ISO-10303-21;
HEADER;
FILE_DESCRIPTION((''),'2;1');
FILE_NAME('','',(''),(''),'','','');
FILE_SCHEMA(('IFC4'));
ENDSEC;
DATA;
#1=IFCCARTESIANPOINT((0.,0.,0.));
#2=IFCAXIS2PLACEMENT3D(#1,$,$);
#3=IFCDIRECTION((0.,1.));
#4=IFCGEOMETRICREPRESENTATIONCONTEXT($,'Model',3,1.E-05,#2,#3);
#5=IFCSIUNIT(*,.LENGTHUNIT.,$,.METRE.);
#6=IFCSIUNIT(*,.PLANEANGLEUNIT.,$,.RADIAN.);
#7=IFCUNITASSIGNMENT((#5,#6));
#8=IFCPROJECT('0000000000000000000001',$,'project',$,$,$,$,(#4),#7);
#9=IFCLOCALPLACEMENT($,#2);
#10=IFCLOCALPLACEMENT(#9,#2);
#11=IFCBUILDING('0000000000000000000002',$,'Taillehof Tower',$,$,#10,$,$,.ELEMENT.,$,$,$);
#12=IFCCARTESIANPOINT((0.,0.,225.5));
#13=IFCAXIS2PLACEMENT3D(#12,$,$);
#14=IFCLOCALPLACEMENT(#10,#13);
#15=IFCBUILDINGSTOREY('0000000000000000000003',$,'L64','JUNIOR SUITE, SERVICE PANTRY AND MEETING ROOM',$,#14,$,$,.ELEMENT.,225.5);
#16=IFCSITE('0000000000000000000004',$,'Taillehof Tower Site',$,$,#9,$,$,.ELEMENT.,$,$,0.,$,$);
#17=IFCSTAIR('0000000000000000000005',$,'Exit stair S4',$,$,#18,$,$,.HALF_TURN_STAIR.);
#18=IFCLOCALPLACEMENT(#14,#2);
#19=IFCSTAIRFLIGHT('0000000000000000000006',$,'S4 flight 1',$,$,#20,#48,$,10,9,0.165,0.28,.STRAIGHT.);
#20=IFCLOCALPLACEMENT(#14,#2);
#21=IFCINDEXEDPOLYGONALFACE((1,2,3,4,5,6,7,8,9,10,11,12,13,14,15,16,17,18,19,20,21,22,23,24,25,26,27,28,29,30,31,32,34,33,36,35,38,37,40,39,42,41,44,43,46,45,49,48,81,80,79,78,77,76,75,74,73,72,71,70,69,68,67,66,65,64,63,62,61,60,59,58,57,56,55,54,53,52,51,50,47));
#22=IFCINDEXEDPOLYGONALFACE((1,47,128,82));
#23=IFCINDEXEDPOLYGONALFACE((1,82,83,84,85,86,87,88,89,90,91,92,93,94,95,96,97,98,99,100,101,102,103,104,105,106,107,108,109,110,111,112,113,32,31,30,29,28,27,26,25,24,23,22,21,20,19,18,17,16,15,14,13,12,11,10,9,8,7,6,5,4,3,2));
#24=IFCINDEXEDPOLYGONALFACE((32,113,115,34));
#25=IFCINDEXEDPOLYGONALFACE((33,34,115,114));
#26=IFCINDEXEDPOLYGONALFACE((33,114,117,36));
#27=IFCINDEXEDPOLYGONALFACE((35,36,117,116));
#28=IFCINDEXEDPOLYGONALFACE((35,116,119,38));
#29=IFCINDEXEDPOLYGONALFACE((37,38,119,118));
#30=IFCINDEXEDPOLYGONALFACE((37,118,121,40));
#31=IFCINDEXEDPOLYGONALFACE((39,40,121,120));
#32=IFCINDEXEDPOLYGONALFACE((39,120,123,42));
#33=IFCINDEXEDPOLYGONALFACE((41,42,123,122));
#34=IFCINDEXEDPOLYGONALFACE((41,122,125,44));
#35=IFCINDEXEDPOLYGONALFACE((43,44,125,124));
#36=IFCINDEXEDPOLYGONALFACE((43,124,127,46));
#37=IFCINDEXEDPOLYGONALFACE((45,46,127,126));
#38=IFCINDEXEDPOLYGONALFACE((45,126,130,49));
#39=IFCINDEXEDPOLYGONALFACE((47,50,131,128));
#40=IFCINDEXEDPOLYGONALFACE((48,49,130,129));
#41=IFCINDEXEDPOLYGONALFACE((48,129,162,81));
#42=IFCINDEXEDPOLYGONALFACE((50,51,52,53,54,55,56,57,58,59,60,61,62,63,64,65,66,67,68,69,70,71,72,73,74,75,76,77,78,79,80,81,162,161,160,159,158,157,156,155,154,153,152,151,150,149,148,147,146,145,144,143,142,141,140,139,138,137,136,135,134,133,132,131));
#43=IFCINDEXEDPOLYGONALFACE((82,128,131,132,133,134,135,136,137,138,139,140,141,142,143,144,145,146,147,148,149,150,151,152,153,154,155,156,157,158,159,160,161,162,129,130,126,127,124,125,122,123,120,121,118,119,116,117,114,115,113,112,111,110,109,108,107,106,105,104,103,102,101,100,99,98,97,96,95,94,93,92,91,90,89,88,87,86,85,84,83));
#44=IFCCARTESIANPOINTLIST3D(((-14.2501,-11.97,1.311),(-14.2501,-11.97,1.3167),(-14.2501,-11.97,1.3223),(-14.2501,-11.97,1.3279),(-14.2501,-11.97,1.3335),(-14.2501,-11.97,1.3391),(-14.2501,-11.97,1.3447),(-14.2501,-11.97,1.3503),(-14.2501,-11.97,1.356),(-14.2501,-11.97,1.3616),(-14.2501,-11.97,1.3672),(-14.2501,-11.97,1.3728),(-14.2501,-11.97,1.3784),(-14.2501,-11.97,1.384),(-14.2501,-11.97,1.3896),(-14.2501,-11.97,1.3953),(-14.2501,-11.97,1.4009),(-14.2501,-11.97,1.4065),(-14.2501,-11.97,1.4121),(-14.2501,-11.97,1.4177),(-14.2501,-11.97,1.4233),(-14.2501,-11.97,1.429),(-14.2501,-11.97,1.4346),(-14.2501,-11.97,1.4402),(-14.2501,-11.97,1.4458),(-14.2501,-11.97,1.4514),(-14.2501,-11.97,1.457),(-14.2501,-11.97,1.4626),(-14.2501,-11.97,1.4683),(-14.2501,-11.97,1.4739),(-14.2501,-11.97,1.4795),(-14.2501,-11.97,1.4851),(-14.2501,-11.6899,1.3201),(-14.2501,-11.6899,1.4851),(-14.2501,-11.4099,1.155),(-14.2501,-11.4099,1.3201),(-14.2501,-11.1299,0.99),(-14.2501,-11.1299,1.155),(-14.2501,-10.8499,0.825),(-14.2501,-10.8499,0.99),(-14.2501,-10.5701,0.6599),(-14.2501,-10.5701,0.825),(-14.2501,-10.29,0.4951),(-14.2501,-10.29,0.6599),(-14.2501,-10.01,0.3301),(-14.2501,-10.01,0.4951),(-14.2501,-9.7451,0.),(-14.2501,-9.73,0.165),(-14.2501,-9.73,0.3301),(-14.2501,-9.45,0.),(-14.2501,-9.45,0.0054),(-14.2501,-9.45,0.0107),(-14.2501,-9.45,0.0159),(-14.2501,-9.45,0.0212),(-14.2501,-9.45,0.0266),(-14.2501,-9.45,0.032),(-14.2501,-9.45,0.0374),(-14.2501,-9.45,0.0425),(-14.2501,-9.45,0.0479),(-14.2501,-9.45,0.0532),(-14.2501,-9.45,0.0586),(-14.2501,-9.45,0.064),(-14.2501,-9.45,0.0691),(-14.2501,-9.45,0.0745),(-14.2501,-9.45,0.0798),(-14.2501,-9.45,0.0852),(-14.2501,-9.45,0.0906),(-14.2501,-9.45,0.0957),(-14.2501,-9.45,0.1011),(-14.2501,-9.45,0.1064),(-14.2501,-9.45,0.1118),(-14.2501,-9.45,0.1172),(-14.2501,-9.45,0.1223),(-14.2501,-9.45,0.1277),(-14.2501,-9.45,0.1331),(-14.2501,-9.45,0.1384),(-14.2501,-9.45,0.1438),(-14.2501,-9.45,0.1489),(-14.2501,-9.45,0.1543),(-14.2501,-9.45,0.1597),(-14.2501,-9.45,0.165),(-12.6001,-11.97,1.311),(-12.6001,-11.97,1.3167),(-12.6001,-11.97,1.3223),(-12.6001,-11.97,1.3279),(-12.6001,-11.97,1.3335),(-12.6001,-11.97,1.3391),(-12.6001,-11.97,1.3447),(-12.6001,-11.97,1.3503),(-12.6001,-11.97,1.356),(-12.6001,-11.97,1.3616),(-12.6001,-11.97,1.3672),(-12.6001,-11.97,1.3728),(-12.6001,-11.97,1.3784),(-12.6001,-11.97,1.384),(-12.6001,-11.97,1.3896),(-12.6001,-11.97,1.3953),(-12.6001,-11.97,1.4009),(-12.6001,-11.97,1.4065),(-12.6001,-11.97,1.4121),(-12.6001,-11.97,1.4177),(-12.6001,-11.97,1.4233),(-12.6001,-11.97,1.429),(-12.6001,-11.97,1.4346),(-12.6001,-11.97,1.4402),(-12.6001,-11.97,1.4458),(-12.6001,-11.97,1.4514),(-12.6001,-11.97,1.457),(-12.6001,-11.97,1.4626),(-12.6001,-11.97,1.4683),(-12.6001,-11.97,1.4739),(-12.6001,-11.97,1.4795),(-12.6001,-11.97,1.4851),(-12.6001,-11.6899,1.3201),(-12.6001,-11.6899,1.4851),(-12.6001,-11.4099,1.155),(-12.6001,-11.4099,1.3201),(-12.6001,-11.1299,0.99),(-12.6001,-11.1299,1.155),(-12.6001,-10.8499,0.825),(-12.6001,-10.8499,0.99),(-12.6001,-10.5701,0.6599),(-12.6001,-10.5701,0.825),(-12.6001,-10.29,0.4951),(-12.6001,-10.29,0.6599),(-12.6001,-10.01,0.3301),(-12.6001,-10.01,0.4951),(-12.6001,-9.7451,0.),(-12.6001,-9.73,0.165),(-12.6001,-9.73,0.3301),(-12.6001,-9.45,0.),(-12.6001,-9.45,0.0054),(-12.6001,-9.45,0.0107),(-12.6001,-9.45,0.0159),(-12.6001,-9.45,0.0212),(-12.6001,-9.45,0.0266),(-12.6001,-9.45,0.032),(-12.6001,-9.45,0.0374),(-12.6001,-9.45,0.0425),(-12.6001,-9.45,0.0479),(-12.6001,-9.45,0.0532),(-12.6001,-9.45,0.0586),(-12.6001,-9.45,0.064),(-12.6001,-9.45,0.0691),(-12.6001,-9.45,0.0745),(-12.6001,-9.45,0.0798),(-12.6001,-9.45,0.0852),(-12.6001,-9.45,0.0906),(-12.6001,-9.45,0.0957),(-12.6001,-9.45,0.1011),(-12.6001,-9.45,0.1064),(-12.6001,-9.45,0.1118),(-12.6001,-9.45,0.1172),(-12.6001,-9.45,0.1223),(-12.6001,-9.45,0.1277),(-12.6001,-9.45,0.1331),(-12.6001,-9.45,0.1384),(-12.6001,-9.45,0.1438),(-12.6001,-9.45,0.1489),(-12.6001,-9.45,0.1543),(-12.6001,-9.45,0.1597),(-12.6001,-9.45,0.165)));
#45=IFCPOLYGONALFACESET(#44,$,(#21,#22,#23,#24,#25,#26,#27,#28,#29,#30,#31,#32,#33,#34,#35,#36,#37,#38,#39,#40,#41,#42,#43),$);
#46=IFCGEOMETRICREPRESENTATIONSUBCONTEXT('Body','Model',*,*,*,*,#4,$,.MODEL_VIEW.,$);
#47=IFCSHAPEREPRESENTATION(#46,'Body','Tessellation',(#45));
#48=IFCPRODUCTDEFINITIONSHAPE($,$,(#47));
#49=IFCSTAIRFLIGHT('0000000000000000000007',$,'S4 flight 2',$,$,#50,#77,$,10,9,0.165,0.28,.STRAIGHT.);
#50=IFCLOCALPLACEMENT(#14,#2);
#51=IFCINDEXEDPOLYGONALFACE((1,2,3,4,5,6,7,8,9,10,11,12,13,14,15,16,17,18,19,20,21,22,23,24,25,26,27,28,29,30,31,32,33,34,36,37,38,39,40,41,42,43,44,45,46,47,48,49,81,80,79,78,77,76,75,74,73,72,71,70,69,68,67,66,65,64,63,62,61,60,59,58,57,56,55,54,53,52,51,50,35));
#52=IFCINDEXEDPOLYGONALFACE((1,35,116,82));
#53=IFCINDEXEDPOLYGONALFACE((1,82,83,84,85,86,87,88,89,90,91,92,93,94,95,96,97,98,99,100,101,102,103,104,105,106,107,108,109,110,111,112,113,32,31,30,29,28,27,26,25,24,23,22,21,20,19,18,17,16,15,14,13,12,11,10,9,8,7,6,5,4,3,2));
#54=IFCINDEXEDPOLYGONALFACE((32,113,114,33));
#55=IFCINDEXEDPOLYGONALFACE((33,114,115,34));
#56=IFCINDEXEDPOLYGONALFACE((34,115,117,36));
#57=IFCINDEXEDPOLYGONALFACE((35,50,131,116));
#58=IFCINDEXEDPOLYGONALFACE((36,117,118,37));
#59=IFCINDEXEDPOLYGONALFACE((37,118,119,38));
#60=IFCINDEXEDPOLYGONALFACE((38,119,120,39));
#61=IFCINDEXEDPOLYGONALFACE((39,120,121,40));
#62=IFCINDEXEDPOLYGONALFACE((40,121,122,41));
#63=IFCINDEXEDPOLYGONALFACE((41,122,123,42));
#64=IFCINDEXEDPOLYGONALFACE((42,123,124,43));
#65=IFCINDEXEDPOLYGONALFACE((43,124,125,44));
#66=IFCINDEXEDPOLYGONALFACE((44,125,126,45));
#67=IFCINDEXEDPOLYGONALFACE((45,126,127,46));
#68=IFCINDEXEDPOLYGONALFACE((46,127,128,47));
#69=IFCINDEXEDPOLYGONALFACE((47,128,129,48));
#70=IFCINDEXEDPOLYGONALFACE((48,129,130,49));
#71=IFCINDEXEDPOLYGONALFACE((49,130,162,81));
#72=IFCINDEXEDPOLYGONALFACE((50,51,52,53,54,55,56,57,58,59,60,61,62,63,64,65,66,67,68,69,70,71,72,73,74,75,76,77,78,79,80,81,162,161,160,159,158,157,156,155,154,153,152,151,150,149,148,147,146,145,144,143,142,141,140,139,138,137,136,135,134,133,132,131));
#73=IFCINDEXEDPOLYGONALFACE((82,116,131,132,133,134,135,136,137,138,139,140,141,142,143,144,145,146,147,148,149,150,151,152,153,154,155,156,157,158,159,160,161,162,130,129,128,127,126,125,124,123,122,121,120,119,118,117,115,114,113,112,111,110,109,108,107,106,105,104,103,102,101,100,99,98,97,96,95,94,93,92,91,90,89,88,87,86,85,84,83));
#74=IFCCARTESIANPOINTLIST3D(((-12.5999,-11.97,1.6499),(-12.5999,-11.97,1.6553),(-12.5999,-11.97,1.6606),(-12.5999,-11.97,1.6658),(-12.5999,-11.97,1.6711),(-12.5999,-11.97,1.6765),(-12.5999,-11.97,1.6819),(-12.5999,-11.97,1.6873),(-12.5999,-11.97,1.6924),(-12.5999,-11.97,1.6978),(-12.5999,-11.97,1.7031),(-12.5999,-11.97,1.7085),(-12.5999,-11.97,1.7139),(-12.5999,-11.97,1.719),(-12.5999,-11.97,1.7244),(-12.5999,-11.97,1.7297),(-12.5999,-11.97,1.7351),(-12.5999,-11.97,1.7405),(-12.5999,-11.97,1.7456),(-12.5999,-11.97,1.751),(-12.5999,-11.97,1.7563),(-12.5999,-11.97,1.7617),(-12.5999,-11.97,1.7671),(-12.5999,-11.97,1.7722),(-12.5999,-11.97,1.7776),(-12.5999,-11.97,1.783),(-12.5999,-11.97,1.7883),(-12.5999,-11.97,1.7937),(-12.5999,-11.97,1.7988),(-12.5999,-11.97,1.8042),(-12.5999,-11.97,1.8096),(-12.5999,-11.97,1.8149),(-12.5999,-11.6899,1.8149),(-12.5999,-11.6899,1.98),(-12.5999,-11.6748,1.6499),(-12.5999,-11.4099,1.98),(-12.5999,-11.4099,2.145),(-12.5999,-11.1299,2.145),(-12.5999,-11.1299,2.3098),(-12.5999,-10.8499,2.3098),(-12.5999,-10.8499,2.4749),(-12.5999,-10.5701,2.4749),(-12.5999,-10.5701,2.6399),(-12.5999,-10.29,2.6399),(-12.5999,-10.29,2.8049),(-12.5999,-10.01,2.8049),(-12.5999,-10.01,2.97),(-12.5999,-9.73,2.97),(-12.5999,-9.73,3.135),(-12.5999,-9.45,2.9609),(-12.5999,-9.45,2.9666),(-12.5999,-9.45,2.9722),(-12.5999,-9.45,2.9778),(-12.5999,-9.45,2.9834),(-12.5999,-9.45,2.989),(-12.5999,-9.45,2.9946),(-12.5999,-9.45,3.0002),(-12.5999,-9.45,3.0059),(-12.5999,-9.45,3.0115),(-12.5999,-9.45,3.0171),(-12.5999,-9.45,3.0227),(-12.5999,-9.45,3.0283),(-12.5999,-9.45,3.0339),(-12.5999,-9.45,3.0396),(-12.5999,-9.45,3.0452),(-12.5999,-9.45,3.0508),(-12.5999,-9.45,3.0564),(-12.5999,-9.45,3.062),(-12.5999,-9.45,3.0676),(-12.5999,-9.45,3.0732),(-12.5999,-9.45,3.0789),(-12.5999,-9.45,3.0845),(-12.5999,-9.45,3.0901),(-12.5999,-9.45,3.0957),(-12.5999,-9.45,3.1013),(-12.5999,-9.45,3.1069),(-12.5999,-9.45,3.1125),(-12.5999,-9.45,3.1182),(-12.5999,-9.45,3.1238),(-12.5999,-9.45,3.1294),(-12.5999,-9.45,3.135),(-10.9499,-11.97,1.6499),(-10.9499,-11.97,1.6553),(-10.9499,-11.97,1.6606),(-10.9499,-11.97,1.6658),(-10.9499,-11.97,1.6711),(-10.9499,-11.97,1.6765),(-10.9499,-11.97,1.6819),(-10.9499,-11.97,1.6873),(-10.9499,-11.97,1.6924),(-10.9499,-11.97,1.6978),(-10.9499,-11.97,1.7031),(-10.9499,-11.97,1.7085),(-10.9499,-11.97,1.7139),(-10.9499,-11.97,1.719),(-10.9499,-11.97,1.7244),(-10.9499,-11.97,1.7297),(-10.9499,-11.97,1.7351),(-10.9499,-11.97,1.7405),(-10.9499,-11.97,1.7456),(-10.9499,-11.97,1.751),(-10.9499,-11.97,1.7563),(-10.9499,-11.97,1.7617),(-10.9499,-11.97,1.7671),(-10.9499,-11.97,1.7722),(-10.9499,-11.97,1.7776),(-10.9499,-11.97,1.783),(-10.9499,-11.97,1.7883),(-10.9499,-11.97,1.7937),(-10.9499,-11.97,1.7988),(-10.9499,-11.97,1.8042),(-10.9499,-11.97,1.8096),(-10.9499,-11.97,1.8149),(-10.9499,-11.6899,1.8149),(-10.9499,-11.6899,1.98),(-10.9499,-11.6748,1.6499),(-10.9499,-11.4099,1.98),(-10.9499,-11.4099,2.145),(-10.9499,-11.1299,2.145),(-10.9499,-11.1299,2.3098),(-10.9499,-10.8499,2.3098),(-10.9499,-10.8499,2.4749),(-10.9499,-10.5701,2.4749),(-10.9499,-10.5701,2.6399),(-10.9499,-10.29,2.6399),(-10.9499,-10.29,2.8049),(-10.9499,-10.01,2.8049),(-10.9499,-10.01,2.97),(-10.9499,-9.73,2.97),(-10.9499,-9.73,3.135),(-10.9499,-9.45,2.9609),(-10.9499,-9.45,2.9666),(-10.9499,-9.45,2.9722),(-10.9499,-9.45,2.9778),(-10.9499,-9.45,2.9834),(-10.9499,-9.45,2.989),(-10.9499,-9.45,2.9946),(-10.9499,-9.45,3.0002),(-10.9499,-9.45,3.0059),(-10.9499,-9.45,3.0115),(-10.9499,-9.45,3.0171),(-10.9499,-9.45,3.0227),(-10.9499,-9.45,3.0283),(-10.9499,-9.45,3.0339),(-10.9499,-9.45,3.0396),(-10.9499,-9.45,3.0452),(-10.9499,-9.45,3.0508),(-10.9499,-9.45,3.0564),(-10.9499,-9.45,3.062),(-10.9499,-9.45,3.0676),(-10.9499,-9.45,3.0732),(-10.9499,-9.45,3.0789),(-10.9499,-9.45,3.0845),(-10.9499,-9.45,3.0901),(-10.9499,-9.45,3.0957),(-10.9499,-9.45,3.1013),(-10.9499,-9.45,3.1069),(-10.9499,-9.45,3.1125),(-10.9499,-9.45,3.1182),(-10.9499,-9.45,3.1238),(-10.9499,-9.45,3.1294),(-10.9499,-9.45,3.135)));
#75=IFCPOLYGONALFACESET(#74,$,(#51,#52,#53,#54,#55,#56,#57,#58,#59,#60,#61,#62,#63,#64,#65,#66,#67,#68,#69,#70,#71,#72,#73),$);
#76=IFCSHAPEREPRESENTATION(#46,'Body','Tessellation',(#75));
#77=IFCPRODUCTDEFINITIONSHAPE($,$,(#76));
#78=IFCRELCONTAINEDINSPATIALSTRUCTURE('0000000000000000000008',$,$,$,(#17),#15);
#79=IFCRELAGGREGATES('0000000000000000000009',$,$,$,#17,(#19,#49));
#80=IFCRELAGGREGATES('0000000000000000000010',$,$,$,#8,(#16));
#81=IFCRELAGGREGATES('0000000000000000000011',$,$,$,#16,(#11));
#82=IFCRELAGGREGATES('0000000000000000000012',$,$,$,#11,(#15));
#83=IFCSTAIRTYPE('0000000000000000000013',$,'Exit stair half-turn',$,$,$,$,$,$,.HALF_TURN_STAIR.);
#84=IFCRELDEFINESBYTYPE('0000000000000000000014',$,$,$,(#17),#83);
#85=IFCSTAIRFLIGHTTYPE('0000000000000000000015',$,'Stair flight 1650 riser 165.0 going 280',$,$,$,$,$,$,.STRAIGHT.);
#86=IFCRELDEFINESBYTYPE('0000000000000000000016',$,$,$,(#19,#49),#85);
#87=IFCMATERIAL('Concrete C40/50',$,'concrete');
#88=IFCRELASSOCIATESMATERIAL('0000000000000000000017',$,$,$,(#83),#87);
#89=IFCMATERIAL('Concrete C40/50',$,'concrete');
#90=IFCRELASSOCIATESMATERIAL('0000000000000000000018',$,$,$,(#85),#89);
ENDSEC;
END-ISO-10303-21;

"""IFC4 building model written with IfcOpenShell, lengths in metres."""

from ifc_helpers import new_model, si_unit, direction, frame, origin, place, context, subcontext, project, spatial, polyline, outline, extrude, material, type_object, element, aggregate, save


model = new_model("IFC4")

# Units and contexts
model_context = context("Model", 3, precision=1e-05, world=origin(), true_north=direction((0.0, 1.0)))
body_context = subcontext(model_context, "Body", "Model", "MODEL_VIEW")
ifc_project = project(units=[si_unit("LENGTHUNIT", "METRE"), si_unit("PLANEANGLEUNIT", "RADIAN")], contexts=[model_context])

# Site, building, storey
site_placement = place(None, origin())
site = spatial("IfcSite", under=ifc_project, at=site_placement, Name="Taillehof Tower Site", CompositionType="ELEMENT", RefElevation=0.0)
building_placement = place(site_placement, origin())
building = spatial("IfcBuilding", under=site, at=building_placement, Name="Taillehof Tower", CompositionType="ELEMENT")
storey_placement = place(building_placement, frame((0.0, 0.0, 225.5)))
storey = spatial("IfcBuildingStorey", under=building, at=storey_placement, Name="L64", Description="JUNIOR SUITE, SERVICE PANTRY AND MEETING ROOM", CompositionType="ELEMENT", Elevation=225.5)

# Stair, stair flights
ifc_material_1 = material(Name="Concrete C40/50", Category="concrete")
stair_type = type_object("IfcStairType", Name="Exit stair half-turn", PredefinedType="HALF_TURN_STAIR", material=ifc_material_1)
stair_placement = place(storey_placement, origin())
stair = element("IfcStair", 1, at=stair_placement, inside=storey, type_object=stair_type, Name="Exit stair S4", PredefinedType="HALF_TURN_STAIR")
ifc_material_2 = material(Name="Concrete C40/50", Category="concrete")
stair_flight_type = type_object("IfcStairFlightType", Name="Stair flight 1650 riser 165.0 going 280", PredefinedType="STRAIGHT", material=ifc_material_2)
stair_flight_1_placement = place(storey_placement, frame((-13.425, -9.45, 0.0), z_axis=(0.0, 0.0, 1.0), x_axis=(0.0, -1.0, 0.0)))
stair_flight_1 = element("IfcStairFlight", 2, at=stair_flight_1_placement, type_object=stair_flight_type, Name="S4 flight 1", NumberOfRisers=10, NumberOfTreads=9, PredefinedType="STRAIGHT", RiserHeight=0.165, TreadLength=0.28, context=body_context, shape_type="SweptSolid", body=[
    extrude(outline(polyline([(0.0, 0.0), (0.0, 0.0054), (0.0, 0.0107), (0.0, 0.0159), (0.0, 0.0212), (0.0, 0.0266), (0.0, 0.032), (0.0, 0.0374), (0.0, 0.0425), (0.0, 0.0479), (0.0, 0.0532), (0.0, 0.0586), (0.0, 0.064), (0.0, 0.0691), (0.0, 0.0745), (0.0, 0.0798), (0.0, 0.0852), (0.0, 0.0906), (0.0, 0.0957), (0.0, 0.1011), (0.0, 0.1064), (0.0, 0.1118), (0.0, 0.1172), (0.0, 0.1223), (0.0, 0.1277), (0.0, 0.1331), (0.0, 0.1384), (0.0, 0.1438), (0.0, 0.1489), (0.0, 0.1543), (0.0, 0.1597), (0.0, 0.165), (0.28, 0.165), (0.28, 0.3301), (0.5601, 0.3301), (0.5601, 0.4951), (0.8401, 0.4951), (0.8401, 0.6599), (1.1201, 0.6599), (1.1201, 0.825), (1.3999, 0.825), (1.3999, 0.99), (1.6799, 0.99), (1.6799, 1.155), (1.96, 1.155), (1.96, 1.3201), (2.24, 1.3201), (2.24, 1.4851), (2.52, 1.4851), (2.52, 1.4795), (2.52, 1.4739), (2.52, 1.4683), (2.52, 1.4626), (2.52, 1.457), (2.52, 1.4514), (2.52, 1.4458), (2.52, 1.4402), (2.52, 1.4346), (2.52, 1.429), (2.52, 1.4233), (2.52, 1.4177), (2.52, 1.4121), (2.52, 1.4065), (2.52, 1.4009), (2.52, 1.3953), (2.52, 1.3896), (2.52, 1.384), (2.52, 1.3784), (2.52, 1.3728), (2.52, 1.3672), (2.52, 1.3616), (2.52, 1.356), (2.52, 1.3503), (2.52, 1.3447), (2.52, 1.3391), (2.52, 1.3335), (2.52, 1.3279), (2.52, 1.3223), (2.52, 1.3167), (2.52, 1.311), (0.2952, 0.0), (0.0, 0.0)])), frame((0.0, 0.825, 0.0), z_axis=(0.0, -1.0, 0.0), x_axis=(1.0, 0.0, 0.0)), (0.0, 0.0, 1.0), 1.65),
])
stair_flight_2_placement = place(storey_placement, frame((-11.7749, -11.97, 1.6499), z_axis=(0.0, 0.0, 1.0), x_axis=(0.0, 1.0, 0.0)))
stair_flight_2 = element("IfcStairFlight", 3, at=stair_flight_2_placement, type_object=stair_flight_type, Name="S4 flight 2", NumberOfRisers=10, NumberOfTreads=9, PredefinedType="STRAIGHT", RiserHeight=0.165, TreadLength=0.28, context=body_context, shape_type="SweptSolid", body=[
    extrude(outline(polyline([(0.0, 0.0), (0.0, 0.0054), (0.0, 0.0107), (0.0, 0.0159), (0.0, 0.0212), (0.0, 0.0266), (0.0, 0.032), (0.0, 0.0374), (0.0, 0.0425), (0.0, 0.0479), (0.0, 0.0532), (0.0, 0.0586), (0.0, 0.064), (0.0, 0.0691), (0.0, 0.0745), (0.0, 0.0798), (0.0, 0.0852), (0.0, 0.0906), (0.0, 0.0957), (0.0, 0.1011), (0.0, 0.1064), (0.0, 0.1118), (0.0, 0.1172), (0.0, 0.1223), (0.0, 0.1277), (0.0, 0.1331), (0.0, 0.1384), (0.0, 0.1438), (0.0, 0.1489), (0.0, 0.1543), (0.0, 0.1597), (0.0, 0.165), (0.28, 0.165), (0.28, 0.3301), (0.5601, 0.3301), (0.5601, 0.4951), (0.8401, 0.4951), (0.8401, 0.6599), (1.1201, 0.6599), (1.1201, 0.825), (1.3999, 0.825), (1.3999, 0.99), (1.6799, 0.99), (1.6799, 1.155), (1.96, 1.155), (1.96, 1.3201), (2.24, 1.3201), (2.24, 1.4851), (2.52, 1.4851), (2.52, 1.4795), (2.52, 1.4739), (2.52, 1.4683), (2.52, 1.4626), (2.52, 1.457), (2.52, 1.4514), (2.52, 1.4458), (2.52, 1.4402), (2.52, 1.4346), (2.52, 1.429), (2.52, 1.4233), (2.52, 1.4177), (2.52, 1.4121), (2.52, 1.4065), (2.52, 1.4009), (2.52, 1.3953), (2.52, 1.3896), (2.52, 1.384), (2.52, 1.3784), (2.52, 1.3728), (2.52, 1.3672), (2.52, 1.3616), (2.52, 1.356), (2.52, 1.3503), (2.52, 1.3447), (2.52, 1.3391), (2.52, 1.3335), (2.52, 1.3279), (2.52, 1.3223), (2.52, 1.3167), (2.52, 1.311), (0.2952, 0.0), (0.0, 0.0)])), frame((0.0, 0.825, 0.0), z_axis=(0.0, -1.0, 0.0), x_axis=(1.0, 0.0, 0.0)), (0.0, 0.0, 1.0), 1.65),
])
aggregate(stair, [stair_flight_1, stair_flight_2])

save(model, "model.ifc")
